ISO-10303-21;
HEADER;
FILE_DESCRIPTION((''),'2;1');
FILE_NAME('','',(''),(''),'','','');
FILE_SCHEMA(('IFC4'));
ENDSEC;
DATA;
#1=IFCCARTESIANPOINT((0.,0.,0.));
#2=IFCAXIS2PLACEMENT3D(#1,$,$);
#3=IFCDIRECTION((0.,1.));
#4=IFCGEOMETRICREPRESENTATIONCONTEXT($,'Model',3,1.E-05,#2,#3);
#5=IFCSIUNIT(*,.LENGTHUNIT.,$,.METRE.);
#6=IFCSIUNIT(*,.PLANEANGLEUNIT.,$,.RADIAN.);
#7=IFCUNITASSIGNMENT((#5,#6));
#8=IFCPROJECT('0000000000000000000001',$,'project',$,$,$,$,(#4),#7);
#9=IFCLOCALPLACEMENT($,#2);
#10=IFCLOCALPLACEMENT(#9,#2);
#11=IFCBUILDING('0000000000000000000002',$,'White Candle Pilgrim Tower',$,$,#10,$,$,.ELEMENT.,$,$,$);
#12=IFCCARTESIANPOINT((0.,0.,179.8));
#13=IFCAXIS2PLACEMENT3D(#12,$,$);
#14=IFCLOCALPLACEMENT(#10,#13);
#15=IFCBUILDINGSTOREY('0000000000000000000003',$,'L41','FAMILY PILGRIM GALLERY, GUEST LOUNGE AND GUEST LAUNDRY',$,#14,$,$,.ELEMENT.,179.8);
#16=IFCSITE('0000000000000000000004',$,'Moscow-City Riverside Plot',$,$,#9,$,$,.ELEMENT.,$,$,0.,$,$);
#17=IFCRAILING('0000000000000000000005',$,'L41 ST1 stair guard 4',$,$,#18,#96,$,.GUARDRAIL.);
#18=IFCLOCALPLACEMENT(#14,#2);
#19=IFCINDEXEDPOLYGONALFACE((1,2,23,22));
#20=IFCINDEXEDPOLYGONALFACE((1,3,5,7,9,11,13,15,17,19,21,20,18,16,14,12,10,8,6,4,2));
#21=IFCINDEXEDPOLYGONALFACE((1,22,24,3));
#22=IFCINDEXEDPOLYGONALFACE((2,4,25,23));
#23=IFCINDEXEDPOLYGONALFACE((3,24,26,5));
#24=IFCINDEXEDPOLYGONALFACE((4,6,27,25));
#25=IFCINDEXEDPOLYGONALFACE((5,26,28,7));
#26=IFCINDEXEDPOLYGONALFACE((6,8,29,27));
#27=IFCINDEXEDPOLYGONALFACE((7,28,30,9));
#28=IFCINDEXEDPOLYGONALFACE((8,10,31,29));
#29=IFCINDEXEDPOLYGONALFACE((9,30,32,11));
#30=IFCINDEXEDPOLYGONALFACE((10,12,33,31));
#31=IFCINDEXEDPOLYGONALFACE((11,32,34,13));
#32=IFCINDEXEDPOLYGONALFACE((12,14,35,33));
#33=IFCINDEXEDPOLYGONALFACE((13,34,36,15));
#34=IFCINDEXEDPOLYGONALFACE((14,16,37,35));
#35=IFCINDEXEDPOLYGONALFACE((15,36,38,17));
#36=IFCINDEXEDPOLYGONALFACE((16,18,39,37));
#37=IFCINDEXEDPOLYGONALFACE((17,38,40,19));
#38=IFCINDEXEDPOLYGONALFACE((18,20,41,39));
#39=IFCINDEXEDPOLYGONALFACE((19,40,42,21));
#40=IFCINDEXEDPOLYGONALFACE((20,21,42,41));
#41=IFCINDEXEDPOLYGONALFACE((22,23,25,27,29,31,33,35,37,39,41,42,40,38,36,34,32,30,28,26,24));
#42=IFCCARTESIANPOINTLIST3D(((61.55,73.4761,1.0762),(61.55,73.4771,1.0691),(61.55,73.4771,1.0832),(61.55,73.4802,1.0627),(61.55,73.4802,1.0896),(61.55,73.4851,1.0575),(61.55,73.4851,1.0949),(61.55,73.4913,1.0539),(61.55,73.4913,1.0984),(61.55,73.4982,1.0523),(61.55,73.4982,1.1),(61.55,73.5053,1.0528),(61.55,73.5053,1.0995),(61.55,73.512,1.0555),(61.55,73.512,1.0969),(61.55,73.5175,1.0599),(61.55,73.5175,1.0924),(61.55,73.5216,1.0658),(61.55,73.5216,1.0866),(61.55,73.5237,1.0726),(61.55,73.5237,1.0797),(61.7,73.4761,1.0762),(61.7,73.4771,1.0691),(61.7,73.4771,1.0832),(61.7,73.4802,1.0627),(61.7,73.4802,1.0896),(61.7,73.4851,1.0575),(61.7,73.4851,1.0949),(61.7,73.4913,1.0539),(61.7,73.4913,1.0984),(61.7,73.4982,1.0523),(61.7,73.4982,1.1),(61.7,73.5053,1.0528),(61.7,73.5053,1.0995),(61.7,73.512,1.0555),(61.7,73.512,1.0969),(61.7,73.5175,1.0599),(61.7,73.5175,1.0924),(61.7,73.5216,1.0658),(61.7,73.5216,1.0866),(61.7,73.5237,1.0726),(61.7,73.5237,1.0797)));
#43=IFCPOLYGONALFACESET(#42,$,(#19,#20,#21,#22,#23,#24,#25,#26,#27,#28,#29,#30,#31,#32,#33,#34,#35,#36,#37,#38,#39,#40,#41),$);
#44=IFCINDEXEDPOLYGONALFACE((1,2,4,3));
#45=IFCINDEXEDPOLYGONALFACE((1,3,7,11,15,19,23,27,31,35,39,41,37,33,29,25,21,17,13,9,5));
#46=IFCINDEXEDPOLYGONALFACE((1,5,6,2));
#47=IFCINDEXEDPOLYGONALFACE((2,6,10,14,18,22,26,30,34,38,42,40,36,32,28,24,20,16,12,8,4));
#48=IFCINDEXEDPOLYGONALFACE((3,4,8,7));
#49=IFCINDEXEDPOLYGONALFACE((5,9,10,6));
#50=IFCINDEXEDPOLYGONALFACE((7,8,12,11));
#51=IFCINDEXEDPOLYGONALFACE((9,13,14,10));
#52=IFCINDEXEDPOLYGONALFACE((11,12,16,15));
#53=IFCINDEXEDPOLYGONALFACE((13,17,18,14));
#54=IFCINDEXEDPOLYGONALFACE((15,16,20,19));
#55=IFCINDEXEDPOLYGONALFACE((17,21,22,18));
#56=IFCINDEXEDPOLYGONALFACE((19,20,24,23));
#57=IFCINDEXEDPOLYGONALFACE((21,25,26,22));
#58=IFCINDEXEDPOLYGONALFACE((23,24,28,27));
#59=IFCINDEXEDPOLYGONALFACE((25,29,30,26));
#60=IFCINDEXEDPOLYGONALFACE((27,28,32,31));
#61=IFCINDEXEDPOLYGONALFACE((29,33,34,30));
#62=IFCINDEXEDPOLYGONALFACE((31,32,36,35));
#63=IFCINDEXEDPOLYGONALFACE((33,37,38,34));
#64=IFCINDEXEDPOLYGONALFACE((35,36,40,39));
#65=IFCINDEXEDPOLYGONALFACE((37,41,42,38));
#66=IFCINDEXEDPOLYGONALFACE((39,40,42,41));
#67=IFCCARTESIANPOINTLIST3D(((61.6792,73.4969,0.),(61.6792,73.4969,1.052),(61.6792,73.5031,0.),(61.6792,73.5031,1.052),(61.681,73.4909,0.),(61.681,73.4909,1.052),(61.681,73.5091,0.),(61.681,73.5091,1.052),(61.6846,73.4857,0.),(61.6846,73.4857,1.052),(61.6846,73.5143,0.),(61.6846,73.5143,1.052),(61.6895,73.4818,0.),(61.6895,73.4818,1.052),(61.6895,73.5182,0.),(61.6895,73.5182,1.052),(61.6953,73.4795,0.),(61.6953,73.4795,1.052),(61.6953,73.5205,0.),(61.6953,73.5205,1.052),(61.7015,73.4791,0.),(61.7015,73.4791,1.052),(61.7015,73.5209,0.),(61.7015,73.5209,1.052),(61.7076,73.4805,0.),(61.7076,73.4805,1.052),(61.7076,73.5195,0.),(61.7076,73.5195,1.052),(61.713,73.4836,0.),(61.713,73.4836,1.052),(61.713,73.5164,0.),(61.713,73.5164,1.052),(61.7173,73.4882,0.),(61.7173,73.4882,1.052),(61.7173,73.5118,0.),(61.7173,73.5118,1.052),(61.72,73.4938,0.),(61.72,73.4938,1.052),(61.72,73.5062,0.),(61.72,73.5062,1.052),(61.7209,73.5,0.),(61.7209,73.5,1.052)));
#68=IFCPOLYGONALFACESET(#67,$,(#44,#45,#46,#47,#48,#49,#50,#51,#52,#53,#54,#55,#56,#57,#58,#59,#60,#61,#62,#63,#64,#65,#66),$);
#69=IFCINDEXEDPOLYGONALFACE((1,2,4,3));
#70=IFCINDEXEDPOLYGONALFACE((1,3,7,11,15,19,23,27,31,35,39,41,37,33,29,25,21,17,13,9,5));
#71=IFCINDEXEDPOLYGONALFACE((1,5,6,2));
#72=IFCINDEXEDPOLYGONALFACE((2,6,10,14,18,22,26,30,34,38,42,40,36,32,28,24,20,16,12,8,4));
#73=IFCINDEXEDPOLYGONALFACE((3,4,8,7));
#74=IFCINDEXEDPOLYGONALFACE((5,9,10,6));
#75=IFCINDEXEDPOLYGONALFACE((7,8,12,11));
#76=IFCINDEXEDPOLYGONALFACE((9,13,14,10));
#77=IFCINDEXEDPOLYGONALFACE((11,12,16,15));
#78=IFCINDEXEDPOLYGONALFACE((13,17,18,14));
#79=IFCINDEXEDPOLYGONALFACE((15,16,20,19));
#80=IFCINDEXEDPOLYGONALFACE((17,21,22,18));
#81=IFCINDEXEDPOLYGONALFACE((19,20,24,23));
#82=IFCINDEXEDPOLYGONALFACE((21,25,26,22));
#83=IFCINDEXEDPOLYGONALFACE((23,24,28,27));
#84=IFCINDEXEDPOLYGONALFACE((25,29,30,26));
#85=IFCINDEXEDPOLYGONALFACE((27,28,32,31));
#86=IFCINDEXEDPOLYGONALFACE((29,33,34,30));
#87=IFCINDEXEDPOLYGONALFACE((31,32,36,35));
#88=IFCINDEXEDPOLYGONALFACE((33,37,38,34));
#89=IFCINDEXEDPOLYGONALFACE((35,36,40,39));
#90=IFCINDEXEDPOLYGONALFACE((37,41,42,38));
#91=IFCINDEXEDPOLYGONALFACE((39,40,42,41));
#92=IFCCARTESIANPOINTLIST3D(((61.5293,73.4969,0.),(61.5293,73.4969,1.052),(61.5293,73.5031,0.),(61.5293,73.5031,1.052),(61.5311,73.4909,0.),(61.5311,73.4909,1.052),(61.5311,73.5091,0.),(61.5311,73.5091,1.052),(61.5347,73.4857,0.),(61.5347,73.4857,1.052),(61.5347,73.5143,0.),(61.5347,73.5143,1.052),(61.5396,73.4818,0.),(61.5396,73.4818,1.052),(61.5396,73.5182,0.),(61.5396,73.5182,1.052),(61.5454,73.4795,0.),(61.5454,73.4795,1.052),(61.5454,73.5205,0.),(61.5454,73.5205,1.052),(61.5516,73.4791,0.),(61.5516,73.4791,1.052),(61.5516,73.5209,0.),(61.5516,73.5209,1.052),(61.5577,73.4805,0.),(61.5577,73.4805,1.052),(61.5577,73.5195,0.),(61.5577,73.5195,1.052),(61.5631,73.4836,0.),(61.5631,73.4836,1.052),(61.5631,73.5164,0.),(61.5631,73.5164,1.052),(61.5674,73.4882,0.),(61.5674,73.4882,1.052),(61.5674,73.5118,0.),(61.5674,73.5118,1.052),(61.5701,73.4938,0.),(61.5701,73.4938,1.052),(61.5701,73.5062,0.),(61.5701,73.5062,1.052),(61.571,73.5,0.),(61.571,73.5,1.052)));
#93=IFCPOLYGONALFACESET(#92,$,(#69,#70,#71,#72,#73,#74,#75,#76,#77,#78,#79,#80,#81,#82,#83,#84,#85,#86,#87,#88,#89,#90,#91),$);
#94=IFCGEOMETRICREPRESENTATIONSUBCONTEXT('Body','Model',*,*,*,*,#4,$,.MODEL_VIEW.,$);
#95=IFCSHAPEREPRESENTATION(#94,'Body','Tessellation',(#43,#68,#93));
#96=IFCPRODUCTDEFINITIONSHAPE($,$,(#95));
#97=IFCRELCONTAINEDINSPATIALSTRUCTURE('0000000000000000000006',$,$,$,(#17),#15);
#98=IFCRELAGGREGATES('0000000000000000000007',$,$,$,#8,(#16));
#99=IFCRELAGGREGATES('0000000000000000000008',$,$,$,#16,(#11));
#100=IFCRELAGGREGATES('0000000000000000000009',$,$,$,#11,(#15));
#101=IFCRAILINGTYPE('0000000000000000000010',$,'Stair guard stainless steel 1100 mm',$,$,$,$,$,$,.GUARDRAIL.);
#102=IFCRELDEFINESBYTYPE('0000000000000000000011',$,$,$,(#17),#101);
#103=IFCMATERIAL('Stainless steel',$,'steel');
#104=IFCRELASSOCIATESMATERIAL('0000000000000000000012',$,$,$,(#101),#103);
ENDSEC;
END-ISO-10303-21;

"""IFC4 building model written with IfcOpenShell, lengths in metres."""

from ifc_helpers import new_model, si_unit, direction, frame, origin, origin_2d, place, context, subcontext, project, spatial, circle, extrude, material, type_object, element, save


model = new_model("IFC4")

# Units and contexts
model_context = context("Model", 3, precision=1e-05, world=origin(), true_north=direction((0.0, 1.0)))
body_context = subcontext(model_context, "Body", "Model", "MODEL_VIEW")
ifc_project = project(units=[si_unit("LENGTHUNIT", "METRE"), si_unit("PLANEANGLEUNIT", "RADIAN")], contexts=[model_context])

# Site, building, storey
site_placement = place(None, origin())
site = spatial("IfcSite", under=ifc_project, at=site_placement, Name="Moscow-City Riverside Plot", CompositionType="ELEMENT", RefElevation=0.0)
building_placement = place(site_placement, origin())
building = spatial("IfcBuilding", under=site, at=building_placement, Name="White Candle Pilgrim Tower", CompositionType="ELEMENT")
storey_placement = place(building_placement, frame((0.0, 0.0, 179.8)))
storey = spatial("IfcBuildingStorey", under=building, at=storey_placement, Name="L41", Description="FAMILY PILGRIM GALLERY, GUEST LOUNGE AND GUEST LAUNDRY", CompositionType="ELEMENT", Elevation=179.8)

# Railing
ifc_material_1 = material(Name="Stainless steel", Category="steel")
railing_type = type_object("IfcRailingType", Name="Stair guard stainless steel 1100 mm", PredefinedType="GUARDRAIL", material=ifc_material_1)
railing_1_placement = place(storey_placement, frame((61.7, 73.5, 0.0)))
element("IfcRailing", 1, at=railing_1_placement, inside=storey, type_object=railing_type, Name="L41 ST1 stair guard 4", PredefinedType="GUARDRAIL", context=body_context, shape_type="SweptSolid", body=[
    extrude(circle(Radius=0.0239, at=origin_2d()), frame((0.0, 0.0, 1.0762), z_axis=(-1.0, 0.0, 0.0), x_axis=(0.0, -1.0, 0.0)), (0.0, 0.0, 1.0), 0.1499),
    extrude(circle(Radius=0.021, at=origin_2d()), origin(), (0.0, 0.0, 1.0), 1.052),
    extrude(circle(Radius=0.021, at=origin_2d()), frame((-0.1499, 0.0, 0.0)), (0.0, 0.0, 1.0), 1.052),
])

save(model, "model.ifc")
